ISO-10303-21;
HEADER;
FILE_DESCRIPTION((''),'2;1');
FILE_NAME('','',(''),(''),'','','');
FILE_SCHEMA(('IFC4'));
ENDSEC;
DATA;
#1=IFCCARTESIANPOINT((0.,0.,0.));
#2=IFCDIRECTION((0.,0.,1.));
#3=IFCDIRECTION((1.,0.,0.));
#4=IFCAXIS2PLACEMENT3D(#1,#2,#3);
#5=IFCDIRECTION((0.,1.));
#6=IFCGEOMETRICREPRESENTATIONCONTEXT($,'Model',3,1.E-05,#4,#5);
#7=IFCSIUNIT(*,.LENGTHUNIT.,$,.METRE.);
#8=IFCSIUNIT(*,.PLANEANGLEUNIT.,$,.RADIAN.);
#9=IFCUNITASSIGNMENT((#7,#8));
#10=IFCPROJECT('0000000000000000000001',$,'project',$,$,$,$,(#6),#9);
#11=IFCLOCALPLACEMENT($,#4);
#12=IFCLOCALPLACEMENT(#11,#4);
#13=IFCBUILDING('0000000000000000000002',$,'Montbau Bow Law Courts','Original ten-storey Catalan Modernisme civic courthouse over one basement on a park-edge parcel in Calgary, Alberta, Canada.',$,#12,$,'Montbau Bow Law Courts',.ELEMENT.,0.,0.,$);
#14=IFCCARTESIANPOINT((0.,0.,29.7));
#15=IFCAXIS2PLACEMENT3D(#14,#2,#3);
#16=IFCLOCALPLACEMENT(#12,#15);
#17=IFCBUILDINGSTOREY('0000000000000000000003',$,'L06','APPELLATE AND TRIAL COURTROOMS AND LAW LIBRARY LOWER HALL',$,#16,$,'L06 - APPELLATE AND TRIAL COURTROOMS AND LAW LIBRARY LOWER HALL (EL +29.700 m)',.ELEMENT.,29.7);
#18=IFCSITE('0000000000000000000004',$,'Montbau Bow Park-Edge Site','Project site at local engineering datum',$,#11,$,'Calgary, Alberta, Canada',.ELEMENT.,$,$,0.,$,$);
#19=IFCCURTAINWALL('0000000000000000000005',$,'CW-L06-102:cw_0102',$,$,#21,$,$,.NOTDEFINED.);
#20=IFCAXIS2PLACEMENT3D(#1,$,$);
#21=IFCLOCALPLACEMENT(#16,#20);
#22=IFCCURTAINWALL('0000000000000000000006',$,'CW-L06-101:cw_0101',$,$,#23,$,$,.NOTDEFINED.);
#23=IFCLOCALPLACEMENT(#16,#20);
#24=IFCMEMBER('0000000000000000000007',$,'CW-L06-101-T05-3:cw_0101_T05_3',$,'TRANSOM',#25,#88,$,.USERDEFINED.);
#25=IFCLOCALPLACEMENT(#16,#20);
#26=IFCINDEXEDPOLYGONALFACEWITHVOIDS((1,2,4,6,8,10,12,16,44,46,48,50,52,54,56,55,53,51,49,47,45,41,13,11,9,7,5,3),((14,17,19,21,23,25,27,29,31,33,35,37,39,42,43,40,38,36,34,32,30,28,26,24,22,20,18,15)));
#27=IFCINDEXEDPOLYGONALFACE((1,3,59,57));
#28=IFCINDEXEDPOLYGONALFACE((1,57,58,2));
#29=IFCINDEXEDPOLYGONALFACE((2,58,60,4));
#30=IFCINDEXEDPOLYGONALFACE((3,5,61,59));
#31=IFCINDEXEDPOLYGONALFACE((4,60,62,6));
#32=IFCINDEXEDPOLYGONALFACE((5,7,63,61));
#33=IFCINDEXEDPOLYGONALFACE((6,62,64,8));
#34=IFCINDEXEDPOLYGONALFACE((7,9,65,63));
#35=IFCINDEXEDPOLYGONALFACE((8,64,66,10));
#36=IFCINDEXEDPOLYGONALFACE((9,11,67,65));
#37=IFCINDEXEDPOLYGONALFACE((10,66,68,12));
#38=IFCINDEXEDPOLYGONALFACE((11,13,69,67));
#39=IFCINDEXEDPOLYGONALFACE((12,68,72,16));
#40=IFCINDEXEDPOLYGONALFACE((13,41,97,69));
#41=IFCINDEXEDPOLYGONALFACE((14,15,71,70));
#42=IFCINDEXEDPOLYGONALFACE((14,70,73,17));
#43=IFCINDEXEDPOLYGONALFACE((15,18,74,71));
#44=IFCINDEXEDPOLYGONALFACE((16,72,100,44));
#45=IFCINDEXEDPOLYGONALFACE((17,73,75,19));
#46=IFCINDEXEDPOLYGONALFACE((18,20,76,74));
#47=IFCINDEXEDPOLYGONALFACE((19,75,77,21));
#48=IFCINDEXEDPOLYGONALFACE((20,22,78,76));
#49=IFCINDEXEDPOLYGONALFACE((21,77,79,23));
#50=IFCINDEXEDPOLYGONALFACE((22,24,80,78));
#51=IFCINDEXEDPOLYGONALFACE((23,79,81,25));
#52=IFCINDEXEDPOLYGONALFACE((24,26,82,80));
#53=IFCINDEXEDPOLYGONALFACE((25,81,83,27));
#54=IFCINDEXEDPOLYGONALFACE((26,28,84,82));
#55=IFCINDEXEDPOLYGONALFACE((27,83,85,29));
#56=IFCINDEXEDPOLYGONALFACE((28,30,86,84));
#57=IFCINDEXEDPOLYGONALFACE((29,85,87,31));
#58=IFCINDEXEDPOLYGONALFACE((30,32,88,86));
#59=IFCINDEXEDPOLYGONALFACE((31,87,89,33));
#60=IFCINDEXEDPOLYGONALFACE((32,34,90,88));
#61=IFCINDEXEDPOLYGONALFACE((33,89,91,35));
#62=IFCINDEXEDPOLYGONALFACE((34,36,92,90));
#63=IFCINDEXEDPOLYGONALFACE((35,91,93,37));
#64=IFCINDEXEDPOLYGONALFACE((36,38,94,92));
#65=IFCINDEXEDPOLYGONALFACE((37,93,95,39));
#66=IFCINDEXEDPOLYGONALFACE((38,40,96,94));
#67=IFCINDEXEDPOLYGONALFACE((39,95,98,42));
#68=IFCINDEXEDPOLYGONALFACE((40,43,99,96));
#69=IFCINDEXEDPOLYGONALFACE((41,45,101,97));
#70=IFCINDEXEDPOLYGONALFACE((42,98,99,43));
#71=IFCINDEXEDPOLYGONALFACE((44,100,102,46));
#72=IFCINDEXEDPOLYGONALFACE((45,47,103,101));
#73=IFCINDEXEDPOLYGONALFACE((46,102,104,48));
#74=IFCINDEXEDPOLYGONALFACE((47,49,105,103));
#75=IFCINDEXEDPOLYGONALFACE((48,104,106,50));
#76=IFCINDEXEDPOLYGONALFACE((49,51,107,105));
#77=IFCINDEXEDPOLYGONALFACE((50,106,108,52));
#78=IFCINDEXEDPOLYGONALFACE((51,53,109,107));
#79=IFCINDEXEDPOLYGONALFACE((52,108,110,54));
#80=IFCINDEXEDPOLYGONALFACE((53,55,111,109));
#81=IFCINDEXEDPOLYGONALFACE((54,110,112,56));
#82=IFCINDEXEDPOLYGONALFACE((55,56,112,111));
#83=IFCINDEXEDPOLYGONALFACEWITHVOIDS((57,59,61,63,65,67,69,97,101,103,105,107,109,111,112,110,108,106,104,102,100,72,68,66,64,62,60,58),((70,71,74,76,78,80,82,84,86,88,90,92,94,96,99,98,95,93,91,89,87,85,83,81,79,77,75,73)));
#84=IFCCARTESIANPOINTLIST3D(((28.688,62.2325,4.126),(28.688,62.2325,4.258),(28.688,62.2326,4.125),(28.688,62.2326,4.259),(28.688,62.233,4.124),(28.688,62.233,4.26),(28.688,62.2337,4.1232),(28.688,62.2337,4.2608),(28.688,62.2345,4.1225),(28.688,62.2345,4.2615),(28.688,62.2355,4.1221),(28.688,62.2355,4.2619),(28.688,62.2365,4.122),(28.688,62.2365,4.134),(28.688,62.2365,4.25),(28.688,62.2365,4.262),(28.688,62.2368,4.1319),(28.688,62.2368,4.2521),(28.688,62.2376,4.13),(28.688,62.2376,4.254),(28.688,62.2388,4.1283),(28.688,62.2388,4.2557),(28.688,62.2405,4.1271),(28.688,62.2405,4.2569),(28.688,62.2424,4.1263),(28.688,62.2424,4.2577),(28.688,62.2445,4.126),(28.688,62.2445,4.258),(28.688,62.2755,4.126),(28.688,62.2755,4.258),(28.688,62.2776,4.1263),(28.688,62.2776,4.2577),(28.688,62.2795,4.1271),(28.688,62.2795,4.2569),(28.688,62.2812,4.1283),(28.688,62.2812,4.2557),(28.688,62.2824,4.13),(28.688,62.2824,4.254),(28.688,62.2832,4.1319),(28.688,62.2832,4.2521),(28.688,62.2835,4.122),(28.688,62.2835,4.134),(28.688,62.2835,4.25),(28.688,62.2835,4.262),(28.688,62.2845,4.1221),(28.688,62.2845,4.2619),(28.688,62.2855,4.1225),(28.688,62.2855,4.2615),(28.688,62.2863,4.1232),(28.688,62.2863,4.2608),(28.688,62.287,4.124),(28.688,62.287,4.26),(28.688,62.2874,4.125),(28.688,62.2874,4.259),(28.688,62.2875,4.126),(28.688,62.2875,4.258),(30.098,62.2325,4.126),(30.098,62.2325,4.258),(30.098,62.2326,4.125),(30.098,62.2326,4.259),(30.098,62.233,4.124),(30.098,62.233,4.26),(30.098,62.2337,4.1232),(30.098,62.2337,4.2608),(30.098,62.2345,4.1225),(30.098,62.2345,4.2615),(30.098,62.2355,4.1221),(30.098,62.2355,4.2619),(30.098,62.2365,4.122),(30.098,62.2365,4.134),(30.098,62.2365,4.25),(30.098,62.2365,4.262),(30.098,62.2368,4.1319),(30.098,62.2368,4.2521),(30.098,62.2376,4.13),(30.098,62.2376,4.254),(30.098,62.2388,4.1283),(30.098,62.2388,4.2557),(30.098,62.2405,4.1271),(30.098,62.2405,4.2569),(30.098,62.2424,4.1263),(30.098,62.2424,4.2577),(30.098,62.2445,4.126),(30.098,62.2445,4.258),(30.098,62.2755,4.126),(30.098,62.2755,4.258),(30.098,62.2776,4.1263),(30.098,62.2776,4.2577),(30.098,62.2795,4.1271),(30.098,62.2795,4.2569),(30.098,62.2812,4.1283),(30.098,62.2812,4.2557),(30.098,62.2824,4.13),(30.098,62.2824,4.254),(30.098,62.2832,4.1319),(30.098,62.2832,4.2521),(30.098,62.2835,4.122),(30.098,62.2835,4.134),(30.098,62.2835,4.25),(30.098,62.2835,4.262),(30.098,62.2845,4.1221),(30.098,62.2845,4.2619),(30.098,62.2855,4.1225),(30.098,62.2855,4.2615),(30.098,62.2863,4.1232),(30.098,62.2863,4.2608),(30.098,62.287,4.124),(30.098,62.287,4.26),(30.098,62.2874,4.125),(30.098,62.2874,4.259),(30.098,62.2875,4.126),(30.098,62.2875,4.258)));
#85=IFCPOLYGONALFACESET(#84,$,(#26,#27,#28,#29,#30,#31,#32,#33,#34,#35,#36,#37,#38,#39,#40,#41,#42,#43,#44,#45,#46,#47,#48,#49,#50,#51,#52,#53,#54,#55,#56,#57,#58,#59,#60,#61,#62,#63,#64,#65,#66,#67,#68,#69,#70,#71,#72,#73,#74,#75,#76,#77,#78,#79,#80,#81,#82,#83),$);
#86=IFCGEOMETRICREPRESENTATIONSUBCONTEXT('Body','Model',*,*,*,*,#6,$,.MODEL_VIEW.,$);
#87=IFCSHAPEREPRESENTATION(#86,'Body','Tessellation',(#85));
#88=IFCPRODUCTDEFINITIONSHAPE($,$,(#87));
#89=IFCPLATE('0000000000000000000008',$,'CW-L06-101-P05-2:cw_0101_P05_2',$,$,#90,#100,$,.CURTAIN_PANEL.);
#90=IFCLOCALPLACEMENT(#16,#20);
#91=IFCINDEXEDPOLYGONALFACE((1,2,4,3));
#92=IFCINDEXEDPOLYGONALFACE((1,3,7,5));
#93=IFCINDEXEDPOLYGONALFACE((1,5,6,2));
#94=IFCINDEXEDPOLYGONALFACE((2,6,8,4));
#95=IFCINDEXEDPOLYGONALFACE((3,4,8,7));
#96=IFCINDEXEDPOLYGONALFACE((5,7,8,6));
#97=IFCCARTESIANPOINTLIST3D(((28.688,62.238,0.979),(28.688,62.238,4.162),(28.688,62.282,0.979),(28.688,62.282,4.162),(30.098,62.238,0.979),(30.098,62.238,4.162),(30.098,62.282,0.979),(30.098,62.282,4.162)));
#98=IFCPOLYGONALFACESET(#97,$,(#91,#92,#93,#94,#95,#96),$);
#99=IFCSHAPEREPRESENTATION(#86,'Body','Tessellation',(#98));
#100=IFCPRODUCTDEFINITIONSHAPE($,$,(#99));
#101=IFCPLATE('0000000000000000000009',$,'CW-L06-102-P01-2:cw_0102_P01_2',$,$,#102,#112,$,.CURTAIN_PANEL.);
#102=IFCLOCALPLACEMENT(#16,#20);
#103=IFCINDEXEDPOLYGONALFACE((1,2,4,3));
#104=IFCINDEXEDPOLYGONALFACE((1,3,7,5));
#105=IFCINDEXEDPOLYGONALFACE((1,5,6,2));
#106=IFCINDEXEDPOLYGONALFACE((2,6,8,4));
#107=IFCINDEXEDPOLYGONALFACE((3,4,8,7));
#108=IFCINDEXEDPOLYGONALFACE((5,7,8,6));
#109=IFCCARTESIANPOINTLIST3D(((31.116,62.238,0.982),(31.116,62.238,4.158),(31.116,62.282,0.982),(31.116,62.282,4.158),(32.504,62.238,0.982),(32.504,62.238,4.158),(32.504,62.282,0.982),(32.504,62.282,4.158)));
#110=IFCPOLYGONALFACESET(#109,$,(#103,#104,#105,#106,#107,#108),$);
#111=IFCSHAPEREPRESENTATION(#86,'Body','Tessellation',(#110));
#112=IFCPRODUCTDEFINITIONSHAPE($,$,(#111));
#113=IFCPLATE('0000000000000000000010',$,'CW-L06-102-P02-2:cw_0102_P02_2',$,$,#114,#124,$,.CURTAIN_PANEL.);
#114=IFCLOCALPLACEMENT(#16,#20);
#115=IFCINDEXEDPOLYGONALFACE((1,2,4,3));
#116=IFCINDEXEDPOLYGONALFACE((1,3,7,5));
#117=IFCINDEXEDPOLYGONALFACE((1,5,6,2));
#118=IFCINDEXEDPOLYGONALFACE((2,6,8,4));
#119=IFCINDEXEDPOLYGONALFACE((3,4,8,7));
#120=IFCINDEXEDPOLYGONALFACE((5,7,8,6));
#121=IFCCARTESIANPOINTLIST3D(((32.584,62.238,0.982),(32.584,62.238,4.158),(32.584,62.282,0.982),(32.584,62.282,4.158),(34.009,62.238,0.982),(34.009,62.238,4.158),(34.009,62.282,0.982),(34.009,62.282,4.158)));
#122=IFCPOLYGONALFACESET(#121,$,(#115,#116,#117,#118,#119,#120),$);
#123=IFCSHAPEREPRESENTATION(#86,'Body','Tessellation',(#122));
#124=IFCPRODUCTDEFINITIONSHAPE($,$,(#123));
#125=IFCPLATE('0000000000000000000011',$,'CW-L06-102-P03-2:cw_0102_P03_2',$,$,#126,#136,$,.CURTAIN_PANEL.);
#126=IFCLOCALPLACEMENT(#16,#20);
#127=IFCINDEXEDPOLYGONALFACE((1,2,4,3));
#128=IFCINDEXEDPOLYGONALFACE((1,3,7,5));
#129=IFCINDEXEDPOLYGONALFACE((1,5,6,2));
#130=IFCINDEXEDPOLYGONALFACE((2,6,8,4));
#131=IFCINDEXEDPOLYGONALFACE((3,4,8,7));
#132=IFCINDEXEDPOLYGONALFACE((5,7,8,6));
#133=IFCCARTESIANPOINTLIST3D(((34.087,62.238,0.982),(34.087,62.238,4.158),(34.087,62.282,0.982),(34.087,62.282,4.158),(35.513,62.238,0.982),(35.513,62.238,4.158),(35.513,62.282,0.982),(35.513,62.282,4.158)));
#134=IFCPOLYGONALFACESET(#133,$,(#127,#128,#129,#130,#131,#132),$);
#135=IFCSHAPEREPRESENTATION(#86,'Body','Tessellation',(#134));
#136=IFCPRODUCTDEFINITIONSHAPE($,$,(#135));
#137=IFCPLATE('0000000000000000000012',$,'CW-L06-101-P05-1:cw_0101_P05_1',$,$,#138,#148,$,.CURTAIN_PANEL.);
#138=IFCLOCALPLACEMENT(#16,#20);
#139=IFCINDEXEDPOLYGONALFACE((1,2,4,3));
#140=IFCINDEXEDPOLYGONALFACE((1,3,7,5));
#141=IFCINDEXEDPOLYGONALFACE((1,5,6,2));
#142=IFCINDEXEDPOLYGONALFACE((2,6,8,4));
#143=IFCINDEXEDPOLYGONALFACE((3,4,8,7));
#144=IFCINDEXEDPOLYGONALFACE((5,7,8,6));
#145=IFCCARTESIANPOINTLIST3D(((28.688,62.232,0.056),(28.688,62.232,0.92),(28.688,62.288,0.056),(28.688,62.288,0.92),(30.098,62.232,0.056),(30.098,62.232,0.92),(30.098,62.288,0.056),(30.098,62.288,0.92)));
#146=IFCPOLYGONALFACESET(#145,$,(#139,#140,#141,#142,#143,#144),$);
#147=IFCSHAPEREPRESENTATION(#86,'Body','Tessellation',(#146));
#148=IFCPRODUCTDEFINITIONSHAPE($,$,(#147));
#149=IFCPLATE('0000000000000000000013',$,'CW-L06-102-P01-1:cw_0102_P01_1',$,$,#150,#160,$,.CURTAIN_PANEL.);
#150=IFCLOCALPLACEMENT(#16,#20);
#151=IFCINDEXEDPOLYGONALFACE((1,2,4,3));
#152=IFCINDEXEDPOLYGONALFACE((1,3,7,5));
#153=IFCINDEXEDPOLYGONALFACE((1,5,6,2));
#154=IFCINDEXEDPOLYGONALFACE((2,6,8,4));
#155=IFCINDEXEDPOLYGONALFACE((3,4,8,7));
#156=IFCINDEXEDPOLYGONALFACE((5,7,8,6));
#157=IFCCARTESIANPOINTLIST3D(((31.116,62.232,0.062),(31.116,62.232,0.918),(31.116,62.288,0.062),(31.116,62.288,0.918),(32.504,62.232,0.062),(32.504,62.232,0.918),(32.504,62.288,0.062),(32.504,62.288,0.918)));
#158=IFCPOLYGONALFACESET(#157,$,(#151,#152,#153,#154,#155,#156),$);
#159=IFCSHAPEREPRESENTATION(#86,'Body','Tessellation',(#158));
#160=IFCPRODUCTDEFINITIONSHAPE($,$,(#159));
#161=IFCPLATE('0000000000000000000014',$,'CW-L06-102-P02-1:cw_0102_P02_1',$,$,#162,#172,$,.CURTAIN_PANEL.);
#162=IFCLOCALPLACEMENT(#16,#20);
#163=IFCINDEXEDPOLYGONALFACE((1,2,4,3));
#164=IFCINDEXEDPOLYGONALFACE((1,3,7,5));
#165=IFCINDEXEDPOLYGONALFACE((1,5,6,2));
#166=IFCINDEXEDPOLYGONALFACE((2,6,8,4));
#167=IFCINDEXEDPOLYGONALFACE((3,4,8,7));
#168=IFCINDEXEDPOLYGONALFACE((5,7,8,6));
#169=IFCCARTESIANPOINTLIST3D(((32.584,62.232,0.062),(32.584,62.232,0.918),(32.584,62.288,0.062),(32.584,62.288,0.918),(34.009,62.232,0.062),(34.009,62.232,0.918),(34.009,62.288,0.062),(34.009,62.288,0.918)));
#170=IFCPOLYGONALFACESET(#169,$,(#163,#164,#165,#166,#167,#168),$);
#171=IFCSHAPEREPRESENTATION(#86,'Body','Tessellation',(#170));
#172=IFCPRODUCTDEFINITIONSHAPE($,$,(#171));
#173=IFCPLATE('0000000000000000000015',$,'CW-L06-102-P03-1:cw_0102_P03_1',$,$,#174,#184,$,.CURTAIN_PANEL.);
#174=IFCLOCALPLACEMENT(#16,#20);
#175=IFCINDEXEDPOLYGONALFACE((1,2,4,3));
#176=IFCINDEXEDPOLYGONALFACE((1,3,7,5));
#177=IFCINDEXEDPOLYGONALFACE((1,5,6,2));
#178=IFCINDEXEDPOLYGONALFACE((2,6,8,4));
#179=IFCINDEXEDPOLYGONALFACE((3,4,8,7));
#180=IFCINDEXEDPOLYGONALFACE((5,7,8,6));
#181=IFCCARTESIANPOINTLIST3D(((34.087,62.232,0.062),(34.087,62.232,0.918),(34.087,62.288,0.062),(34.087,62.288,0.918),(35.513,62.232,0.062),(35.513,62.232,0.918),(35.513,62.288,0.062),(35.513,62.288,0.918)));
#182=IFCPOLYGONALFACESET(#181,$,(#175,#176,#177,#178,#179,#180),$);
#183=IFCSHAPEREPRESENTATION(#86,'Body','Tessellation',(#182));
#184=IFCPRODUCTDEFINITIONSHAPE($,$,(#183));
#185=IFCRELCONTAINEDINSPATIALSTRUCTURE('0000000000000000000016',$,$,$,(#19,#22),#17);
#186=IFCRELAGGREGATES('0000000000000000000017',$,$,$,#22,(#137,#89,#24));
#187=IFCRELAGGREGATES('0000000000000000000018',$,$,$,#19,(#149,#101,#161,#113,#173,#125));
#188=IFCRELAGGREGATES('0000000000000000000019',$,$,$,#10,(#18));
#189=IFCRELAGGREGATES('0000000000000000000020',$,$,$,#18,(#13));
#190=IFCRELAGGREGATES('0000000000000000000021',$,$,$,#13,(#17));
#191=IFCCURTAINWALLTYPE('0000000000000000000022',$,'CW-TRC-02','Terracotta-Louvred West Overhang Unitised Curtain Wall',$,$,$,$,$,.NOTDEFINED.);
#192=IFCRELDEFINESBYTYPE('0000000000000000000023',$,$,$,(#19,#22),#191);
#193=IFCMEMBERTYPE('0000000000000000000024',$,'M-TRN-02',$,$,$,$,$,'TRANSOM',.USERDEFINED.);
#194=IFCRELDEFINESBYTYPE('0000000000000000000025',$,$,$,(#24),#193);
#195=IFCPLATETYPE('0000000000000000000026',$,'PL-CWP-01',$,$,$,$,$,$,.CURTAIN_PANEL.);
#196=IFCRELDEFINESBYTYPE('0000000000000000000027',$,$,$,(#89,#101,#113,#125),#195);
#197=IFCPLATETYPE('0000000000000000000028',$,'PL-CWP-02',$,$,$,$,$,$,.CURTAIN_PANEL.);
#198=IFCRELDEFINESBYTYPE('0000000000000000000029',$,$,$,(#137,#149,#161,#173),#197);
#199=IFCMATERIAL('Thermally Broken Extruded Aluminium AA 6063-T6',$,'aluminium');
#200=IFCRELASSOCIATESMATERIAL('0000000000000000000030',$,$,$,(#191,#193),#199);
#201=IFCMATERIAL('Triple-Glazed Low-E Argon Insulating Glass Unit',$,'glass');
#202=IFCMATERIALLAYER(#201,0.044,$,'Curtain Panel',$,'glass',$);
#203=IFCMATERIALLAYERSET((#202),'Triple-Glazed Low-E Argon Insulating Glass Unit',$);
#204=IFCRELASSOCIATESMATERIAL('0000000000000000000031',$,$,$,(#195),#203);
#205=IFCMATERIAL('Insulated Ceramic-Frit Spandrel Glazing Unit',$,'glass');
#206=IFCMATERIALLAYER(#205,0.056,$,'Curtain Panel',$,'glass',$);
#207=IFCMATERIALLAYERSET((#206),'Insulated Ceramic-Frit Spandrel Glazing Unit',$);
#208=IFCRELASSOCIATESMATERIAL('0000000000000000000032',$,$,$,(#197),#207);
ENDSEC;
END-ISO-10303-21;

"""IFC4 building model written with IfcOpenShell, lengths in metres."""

from ifc_helpers import new_model, si_unit, direction, frame, frame_2d, origin_with_axes, origin_2d_with_axis, place, context, subcontext, project, spatial, rectangle, hollow_rectangle, extrude, material, layer, layer_set, material_profile, profile_set, type_object, element, aggregate, save


model = new_model("IFC4")

# Units and contexts
model_context = context("Model", 3, precision=1e-05, world=origin_with_axes(), true_north=direction((0.0, 1.0)))
body_context = subcontext(model_context, "Body", "Model", "MODEL_VIEW")
ifc_project = project(units=[si_unit("LENGTHUNIT", "METRE"), si_unit("PLANEANGLEUNIT", "RADIAN")], contexts=[model_context])

# Site, building, storey
site_placement = place(None, origin_with_axes())
site = spatial("IfcSite", under=ifc_project, at=site_placement, Name="Montbau Bow Park-Edge Site", Description="Project site at local engineering datum", LongName="Calgary, Alberta, Canada", CompositionType="ELEMENT", RefElevation=0.0)
building_placement = place(site_placement, origin_with_axes())
building = spatial("IfcBuilding", under=site, at=building_placement, Name="Montbau Bow Law Courts", Description="Original ten-storey Catalan Modernisme civic courthouse over one basement on a park-edge parcel in Calgary, Alberta, Canada.", LongName="Montbau Bow Law Courts", CompositionType="ELEMENT", ElevationOfRefHeight=0.0, ElevationOfTerrain=0.0)
storey_placement = place(building_placement, frame((0.0, 0.0, 29.7), z_axis=(0.0, 0.0, 1.0), x_axis=(1.0, 0.0, 0.0)))
storey = spatial("IfcBuildingStorey", under=building, at=storey_placement, Name="L06", Description="APPELLATE AND TRIAL COURTROOMS AND LAW LIBRARY LOWER HALL", LongName="L06 - APPELLATE AND TRIAL COURTROOMS AND LAW LIBRARY LOWER HALL (EL +29.700 m)", CompositionType="ELEMENT", Elevation=29.7)

# Curtain walls
ifc_material_1 = material(Name="Thermally Broken Extruded Aluminium AA 6063-T6", Category="aluminium")
curtain_wall_type = type_object("IfcCurtainWallType", Name="CW-TRC-02", Description="Terracotta-Louvred West Overhang Unitised Curtain Wall", PredefinedType="NOTDEFINED", material=ifc_material_1)
curtain_wall_1_placement = place(None, frame((31.04, 62.26, 29.7), z_axis=(0.0, 0.0, 1.0), x_axis=(1.0, 0.0, 0.0)))
curtain_wall_1 = element("IfcCurtainWall", 1, at=curtain_wall_1_placement, inside=storey, type_object=curtain_wall_type, Name="CW-L06-102:cw_0102", PredefinedType="NOTDEFINED")
curtain_wall_2_placement = place(None, frame((22.64, 62.26, 29.7), z_axis=(0.0, 0.0, 1.0), x_axis=(1.0, 0.0, 0.0)))
curtain_wall_2 = element("IfcCurtainWall", 2, at=curtain_wall_2_placement, inside=storey, type_object=curtain_wall_type, Name="CW-L06-101:cw_0101", PredefinedType="NOTDEFINED")

# Member
ifc_material_profile_1 = material_profile(ifc_material_1, hollow_rectangle(XDim=0.055, YDim=0.14, WallThickness=0.004, InnerFilletRadius=0.008, OuterFilletRadius=0.004, at=origin_2d_with_axis()), Name="CWT-140X55", Category="Main", Priority=0)
ifc_profile_set_1 = profile_set([ifc_material_profile_1], Name="Thermally Broken Extruded Aluminium AA 6063-T6")
member_type_1 = type_object("IfcMemberType", Name="M-TRN-02", ElementType="TRANSOM", PredefinedType="USERDEFINED", material=ifc_profile_set_1)
member_1_placement = place(None, frame((28.688, 62.26, 33.892), z_axis=(1.0, 0.0, 0.0), x_axis=(0.0, 1.0, 0.0)))
member_1 = element("IfcMember", 3, at=member_1_placement, type_object=member_type_1, Name="CW-L06-101-T05-3:cw_0101_T05_3", ObjectType="TRANSOM", PredefinedType="USERDEFINED", context=body_context, shape_type="SweptSolid", body=[
    extrude(hollow_rectangle(XDim=0.055, YDim=0.14, WallThickness=0.004, InnerFilletRadius=0.008, OuterFilletRadius=0.004, at=origin_2d_with_axis()), origin_with_axes(), (0.0, 0.0, 1.0), 1.41),
])

# Plates
ifc_material_2 = material(Name="Triple-Glazed Low-E Argon Insulating Glass Unit", Category="glass")
ifc_layer_1 = layer(ifc_material_2, 0.044, Name="Curtain Panel", Category="glass")
ifc_layer_set_1 = layer_set([ifc_layer_1], Name="Triple-Glazed Low-E Argon Insulating Glass Unit")
plate_type_1 = type_object("IfcPlateType", Name="PL-CWP-01", PredefinedType="CURTAIN_PANEL", material=ifc_layer_set_1)
plate_1_placement = place(None, frame((28.688, 62.26, 30.679), z_axis=(0.0, -1.0, 0.0), x_axis=(1.0, 0.0, 0.0)))
plate_1 = element("IfcPlate", 4, at=plate_1_placement, type_object=plate_type_1, Name="CW-L06-101-P05-2:cw_0101_P05_2", PredefinedType="CURTAIN_PANEL", context=body_context, shape_type="SweptSolid", body=[
    extrude(rectangle(XDim=1.41, YDim=3.183, at=frame_2d((0.705, 1.5915), x_axis=(1.0, 0.0))), frame((0.0, 0.0, -0.022), z_axis=(0.0, 0.0, 1.0), x_axis=(1.0, 0.0, 0.0)), (0.0, 0.0, 1.0), 0.044),
])
plate_2_placement = place(None, frame((31.116, 62.26, 30.682), z_axis=(0.0, -1.0, 0.0), x_axis=(1.0, 0.0, 0.0)))
plate_2 = element("IfcPlate", 5, at=plate_2_placement, type_object=plate_type_1, Name="CW-L06-102-P01-2:cw_0102_P01_2", PredefinedType="CURTAIN_PANEL", context=body_context, shape_type="SweptSolid", body=[
    extrude(rectangle(XDim=1.388, YDim=3.176, at=frame_2d((0.694, 1.588), x_axis=(1.0, 0.0))), frame((0.0, 0.0, -0.022), z_axis=(0.0, 0.0, 1.0), x_axis=(1.0, 0.0, 0.0)), (0.0, 0.0, 1.0), 0.044),
])
plate_3_placement = place(None, frame((32.584, 62.26, 30.682), z_axis=(0.0, -1.0, 0.0), x_axis=(1.0, 0.0, 0.0)))
plate_3 = element("IfcPlate", 6, at=plate_3_placement, type_object=plate_type_1, Name="CW-L06-102-P02-2:cw_0102_P02_2", PredefinedType="CURTAIN_PANEL", context=body_context, shape_type="SweptSolid", body=[
    extrude(rectangle(XDim=1.425, YDim=3.176, at=frame_2d((0.7125, 1.588), x_axis=(1.0, 0.0))), frame((0.0, 0.0, -0.022), z_axis=(0.0, 0.0, 1.0), x_axis=(1.0, 0.0, 0.0)), (0.0, 0.0, 1.0), 0.044),
])
plate_4_placement = place(None, frame((34.087, 62.26, 30.682), z_axis=(0.0, -1.0, 0.0), x_axis=(1.0, 0.0, 0.0)))
plate_4 = element("IfcPlate", 7, at=plate_4_placement, type_object=plate_type_1, Name="CW-L06-102-P03-2:cw_0102_P03_2", PredefinedType="CURTAIN_PANEL", context=body_context, shape_type="SweptSolid", body=[
    extrude(rectangle(XDim=1.426, YDim=3.176, at=frame_2d((0.713, 1.588), x_axis=(1.0, 0.0))), frame((0.0, 0.0, -0.022), z_axis=(0.0, 0.0, 1.0), x_axis=(1.0, 0.0, 0.0)), (0.0, 0.0, 1.0), 0.044),
])
ifc_material_3 = material(Name="Insulated Ceramic-Frit Spandrel Glazing Unit", Category="glass")
ifc_layer_2 = layer(ifc_material_3, 0.056, Name="Curtain Panel", Category="glass")
ifc_layer_set_2 = layer_set([ifc_layer_2], Name="Insulated Ceramic-Frit Spandrel Glazing Unit")
plate_type_2 = type_object("IfcPlateType", Name="PL-CWP-02", PredefinedType="CURTAIN_PANEL", material=ifc_layer_set_2)
plate_5_placement = place(None, frame((28.688, 62.26, 29.756), z_axis=(0.0, -1.0, 0.0), x_axis=(1.0, 0.0, 0.0)))
plate_5 = element("IfcPlate", 8, at=plate_5_placement, type_object=plate_type_2, Name="CW-L06-101-P05-1:cw_0101_P05_1", PredefinedType="CURTAIN_PANEL", context=body_context, shape_type="SweptSolid", body=[
    extrude(rectangle(XDim=1.41, YDim=0.864, at=frame_2d((0.705, 0.432), x_axis=(1.0, 0.0))), frame((0.0, 0.0, -0.028), z_axis=(0.0, 0.0, 1.0), x_axis=(1.0, 0.0, 0.0)), (0.0, 0.0, 1.0), 0.056),
])
aggregate(curtain_wall_2, [plate_5, plate_1, member_1])
plate_6_placement = place(None, frame((31.116, 62.26, 29.762), z_axis=(0.0, -1.0, 0.0), x_axis=(1.0, 0.0, 0.0)))
plate_6 = element("IfcPlate", 9, at=plate_6_placement, type_object=plate_type_2, Name="CW-L06-102-P01-1:cw_0102_P01_1", PredefinedType="CURTAIN_PANEL", context=body_context, shape_type="SweptSolid", body=[
    extrude(rectangle(XDim=1.388, YDim=0.856, at=frame_2d((0.694, 0.428), x_axis=(1.0, 0.0))), frame((0.0, 0.0, -0.028), z_axis=(0.0, 0.0, 1.0), x_axis=(1.0, 0.0, 0.0)), (0.0, 0.0, 1.0), 0.056),
])
plate_7_placement = place(None, frame((32.584, 62.26, 29.762), z_axis=(0.0, -1.0, 0.0), x_axis=(1.0, 0.0, 0.0)))
plate_7 = element("IfcPlate", 10, at=plate_7_placement, type_object=plate_type_2, Name="CW-L06-102-P02-1:cw_0102_P02_1", PredefinedType="CURTAIN_PANEL", context=body_context, shape_type="SweptSolid", body=[
    extrude(rectangle(XDim=1.425, YDim=0.856, at=frame_2d((0.7125, 0.428), x_axis=(1.0, 0.0))), frame((0.0, 0.0, -0.028), z_axis=(0.0, 0.0, 1.0), x_axis=(1.0, 0.0, 0.0)), (0.0, 0.0, 1.0), 0.056),
])
plate_8_placement = place(None, frame((34.087, 62.26, 29.762), z_axis=(0.0, -1.0, 0.0), x_axis=(1.0, 0.0, 0.0)))
plate_8 = element("IfcPlate", 11, at=plate_8_placement, type_object=plate_type_2, Name="CW-L06-102-P03-1:cw_0102_P03_1", PredefinedType="CURTAIN_PANEL", context=body_context, shape_type="SweptSolid", body=[
    extrude(rectangle(XDim=1.426, YDim=0.856, at=frame_2d((0.713, 0.428), x_axis=(1.0, 0.0))), frame((0.0, 0.0, -0.028), z_axis=(0.0, 0.0, 1.0), x_axis=(1.0, 0.0, 0.0)), (0.0, 0.0, 1.0), 0.056),
])
aggregate(curtain_wall_1, [plate_6, plate_2, plate_7, plate_3, plate_8, plate_4])

save(model, "model.ifc")
